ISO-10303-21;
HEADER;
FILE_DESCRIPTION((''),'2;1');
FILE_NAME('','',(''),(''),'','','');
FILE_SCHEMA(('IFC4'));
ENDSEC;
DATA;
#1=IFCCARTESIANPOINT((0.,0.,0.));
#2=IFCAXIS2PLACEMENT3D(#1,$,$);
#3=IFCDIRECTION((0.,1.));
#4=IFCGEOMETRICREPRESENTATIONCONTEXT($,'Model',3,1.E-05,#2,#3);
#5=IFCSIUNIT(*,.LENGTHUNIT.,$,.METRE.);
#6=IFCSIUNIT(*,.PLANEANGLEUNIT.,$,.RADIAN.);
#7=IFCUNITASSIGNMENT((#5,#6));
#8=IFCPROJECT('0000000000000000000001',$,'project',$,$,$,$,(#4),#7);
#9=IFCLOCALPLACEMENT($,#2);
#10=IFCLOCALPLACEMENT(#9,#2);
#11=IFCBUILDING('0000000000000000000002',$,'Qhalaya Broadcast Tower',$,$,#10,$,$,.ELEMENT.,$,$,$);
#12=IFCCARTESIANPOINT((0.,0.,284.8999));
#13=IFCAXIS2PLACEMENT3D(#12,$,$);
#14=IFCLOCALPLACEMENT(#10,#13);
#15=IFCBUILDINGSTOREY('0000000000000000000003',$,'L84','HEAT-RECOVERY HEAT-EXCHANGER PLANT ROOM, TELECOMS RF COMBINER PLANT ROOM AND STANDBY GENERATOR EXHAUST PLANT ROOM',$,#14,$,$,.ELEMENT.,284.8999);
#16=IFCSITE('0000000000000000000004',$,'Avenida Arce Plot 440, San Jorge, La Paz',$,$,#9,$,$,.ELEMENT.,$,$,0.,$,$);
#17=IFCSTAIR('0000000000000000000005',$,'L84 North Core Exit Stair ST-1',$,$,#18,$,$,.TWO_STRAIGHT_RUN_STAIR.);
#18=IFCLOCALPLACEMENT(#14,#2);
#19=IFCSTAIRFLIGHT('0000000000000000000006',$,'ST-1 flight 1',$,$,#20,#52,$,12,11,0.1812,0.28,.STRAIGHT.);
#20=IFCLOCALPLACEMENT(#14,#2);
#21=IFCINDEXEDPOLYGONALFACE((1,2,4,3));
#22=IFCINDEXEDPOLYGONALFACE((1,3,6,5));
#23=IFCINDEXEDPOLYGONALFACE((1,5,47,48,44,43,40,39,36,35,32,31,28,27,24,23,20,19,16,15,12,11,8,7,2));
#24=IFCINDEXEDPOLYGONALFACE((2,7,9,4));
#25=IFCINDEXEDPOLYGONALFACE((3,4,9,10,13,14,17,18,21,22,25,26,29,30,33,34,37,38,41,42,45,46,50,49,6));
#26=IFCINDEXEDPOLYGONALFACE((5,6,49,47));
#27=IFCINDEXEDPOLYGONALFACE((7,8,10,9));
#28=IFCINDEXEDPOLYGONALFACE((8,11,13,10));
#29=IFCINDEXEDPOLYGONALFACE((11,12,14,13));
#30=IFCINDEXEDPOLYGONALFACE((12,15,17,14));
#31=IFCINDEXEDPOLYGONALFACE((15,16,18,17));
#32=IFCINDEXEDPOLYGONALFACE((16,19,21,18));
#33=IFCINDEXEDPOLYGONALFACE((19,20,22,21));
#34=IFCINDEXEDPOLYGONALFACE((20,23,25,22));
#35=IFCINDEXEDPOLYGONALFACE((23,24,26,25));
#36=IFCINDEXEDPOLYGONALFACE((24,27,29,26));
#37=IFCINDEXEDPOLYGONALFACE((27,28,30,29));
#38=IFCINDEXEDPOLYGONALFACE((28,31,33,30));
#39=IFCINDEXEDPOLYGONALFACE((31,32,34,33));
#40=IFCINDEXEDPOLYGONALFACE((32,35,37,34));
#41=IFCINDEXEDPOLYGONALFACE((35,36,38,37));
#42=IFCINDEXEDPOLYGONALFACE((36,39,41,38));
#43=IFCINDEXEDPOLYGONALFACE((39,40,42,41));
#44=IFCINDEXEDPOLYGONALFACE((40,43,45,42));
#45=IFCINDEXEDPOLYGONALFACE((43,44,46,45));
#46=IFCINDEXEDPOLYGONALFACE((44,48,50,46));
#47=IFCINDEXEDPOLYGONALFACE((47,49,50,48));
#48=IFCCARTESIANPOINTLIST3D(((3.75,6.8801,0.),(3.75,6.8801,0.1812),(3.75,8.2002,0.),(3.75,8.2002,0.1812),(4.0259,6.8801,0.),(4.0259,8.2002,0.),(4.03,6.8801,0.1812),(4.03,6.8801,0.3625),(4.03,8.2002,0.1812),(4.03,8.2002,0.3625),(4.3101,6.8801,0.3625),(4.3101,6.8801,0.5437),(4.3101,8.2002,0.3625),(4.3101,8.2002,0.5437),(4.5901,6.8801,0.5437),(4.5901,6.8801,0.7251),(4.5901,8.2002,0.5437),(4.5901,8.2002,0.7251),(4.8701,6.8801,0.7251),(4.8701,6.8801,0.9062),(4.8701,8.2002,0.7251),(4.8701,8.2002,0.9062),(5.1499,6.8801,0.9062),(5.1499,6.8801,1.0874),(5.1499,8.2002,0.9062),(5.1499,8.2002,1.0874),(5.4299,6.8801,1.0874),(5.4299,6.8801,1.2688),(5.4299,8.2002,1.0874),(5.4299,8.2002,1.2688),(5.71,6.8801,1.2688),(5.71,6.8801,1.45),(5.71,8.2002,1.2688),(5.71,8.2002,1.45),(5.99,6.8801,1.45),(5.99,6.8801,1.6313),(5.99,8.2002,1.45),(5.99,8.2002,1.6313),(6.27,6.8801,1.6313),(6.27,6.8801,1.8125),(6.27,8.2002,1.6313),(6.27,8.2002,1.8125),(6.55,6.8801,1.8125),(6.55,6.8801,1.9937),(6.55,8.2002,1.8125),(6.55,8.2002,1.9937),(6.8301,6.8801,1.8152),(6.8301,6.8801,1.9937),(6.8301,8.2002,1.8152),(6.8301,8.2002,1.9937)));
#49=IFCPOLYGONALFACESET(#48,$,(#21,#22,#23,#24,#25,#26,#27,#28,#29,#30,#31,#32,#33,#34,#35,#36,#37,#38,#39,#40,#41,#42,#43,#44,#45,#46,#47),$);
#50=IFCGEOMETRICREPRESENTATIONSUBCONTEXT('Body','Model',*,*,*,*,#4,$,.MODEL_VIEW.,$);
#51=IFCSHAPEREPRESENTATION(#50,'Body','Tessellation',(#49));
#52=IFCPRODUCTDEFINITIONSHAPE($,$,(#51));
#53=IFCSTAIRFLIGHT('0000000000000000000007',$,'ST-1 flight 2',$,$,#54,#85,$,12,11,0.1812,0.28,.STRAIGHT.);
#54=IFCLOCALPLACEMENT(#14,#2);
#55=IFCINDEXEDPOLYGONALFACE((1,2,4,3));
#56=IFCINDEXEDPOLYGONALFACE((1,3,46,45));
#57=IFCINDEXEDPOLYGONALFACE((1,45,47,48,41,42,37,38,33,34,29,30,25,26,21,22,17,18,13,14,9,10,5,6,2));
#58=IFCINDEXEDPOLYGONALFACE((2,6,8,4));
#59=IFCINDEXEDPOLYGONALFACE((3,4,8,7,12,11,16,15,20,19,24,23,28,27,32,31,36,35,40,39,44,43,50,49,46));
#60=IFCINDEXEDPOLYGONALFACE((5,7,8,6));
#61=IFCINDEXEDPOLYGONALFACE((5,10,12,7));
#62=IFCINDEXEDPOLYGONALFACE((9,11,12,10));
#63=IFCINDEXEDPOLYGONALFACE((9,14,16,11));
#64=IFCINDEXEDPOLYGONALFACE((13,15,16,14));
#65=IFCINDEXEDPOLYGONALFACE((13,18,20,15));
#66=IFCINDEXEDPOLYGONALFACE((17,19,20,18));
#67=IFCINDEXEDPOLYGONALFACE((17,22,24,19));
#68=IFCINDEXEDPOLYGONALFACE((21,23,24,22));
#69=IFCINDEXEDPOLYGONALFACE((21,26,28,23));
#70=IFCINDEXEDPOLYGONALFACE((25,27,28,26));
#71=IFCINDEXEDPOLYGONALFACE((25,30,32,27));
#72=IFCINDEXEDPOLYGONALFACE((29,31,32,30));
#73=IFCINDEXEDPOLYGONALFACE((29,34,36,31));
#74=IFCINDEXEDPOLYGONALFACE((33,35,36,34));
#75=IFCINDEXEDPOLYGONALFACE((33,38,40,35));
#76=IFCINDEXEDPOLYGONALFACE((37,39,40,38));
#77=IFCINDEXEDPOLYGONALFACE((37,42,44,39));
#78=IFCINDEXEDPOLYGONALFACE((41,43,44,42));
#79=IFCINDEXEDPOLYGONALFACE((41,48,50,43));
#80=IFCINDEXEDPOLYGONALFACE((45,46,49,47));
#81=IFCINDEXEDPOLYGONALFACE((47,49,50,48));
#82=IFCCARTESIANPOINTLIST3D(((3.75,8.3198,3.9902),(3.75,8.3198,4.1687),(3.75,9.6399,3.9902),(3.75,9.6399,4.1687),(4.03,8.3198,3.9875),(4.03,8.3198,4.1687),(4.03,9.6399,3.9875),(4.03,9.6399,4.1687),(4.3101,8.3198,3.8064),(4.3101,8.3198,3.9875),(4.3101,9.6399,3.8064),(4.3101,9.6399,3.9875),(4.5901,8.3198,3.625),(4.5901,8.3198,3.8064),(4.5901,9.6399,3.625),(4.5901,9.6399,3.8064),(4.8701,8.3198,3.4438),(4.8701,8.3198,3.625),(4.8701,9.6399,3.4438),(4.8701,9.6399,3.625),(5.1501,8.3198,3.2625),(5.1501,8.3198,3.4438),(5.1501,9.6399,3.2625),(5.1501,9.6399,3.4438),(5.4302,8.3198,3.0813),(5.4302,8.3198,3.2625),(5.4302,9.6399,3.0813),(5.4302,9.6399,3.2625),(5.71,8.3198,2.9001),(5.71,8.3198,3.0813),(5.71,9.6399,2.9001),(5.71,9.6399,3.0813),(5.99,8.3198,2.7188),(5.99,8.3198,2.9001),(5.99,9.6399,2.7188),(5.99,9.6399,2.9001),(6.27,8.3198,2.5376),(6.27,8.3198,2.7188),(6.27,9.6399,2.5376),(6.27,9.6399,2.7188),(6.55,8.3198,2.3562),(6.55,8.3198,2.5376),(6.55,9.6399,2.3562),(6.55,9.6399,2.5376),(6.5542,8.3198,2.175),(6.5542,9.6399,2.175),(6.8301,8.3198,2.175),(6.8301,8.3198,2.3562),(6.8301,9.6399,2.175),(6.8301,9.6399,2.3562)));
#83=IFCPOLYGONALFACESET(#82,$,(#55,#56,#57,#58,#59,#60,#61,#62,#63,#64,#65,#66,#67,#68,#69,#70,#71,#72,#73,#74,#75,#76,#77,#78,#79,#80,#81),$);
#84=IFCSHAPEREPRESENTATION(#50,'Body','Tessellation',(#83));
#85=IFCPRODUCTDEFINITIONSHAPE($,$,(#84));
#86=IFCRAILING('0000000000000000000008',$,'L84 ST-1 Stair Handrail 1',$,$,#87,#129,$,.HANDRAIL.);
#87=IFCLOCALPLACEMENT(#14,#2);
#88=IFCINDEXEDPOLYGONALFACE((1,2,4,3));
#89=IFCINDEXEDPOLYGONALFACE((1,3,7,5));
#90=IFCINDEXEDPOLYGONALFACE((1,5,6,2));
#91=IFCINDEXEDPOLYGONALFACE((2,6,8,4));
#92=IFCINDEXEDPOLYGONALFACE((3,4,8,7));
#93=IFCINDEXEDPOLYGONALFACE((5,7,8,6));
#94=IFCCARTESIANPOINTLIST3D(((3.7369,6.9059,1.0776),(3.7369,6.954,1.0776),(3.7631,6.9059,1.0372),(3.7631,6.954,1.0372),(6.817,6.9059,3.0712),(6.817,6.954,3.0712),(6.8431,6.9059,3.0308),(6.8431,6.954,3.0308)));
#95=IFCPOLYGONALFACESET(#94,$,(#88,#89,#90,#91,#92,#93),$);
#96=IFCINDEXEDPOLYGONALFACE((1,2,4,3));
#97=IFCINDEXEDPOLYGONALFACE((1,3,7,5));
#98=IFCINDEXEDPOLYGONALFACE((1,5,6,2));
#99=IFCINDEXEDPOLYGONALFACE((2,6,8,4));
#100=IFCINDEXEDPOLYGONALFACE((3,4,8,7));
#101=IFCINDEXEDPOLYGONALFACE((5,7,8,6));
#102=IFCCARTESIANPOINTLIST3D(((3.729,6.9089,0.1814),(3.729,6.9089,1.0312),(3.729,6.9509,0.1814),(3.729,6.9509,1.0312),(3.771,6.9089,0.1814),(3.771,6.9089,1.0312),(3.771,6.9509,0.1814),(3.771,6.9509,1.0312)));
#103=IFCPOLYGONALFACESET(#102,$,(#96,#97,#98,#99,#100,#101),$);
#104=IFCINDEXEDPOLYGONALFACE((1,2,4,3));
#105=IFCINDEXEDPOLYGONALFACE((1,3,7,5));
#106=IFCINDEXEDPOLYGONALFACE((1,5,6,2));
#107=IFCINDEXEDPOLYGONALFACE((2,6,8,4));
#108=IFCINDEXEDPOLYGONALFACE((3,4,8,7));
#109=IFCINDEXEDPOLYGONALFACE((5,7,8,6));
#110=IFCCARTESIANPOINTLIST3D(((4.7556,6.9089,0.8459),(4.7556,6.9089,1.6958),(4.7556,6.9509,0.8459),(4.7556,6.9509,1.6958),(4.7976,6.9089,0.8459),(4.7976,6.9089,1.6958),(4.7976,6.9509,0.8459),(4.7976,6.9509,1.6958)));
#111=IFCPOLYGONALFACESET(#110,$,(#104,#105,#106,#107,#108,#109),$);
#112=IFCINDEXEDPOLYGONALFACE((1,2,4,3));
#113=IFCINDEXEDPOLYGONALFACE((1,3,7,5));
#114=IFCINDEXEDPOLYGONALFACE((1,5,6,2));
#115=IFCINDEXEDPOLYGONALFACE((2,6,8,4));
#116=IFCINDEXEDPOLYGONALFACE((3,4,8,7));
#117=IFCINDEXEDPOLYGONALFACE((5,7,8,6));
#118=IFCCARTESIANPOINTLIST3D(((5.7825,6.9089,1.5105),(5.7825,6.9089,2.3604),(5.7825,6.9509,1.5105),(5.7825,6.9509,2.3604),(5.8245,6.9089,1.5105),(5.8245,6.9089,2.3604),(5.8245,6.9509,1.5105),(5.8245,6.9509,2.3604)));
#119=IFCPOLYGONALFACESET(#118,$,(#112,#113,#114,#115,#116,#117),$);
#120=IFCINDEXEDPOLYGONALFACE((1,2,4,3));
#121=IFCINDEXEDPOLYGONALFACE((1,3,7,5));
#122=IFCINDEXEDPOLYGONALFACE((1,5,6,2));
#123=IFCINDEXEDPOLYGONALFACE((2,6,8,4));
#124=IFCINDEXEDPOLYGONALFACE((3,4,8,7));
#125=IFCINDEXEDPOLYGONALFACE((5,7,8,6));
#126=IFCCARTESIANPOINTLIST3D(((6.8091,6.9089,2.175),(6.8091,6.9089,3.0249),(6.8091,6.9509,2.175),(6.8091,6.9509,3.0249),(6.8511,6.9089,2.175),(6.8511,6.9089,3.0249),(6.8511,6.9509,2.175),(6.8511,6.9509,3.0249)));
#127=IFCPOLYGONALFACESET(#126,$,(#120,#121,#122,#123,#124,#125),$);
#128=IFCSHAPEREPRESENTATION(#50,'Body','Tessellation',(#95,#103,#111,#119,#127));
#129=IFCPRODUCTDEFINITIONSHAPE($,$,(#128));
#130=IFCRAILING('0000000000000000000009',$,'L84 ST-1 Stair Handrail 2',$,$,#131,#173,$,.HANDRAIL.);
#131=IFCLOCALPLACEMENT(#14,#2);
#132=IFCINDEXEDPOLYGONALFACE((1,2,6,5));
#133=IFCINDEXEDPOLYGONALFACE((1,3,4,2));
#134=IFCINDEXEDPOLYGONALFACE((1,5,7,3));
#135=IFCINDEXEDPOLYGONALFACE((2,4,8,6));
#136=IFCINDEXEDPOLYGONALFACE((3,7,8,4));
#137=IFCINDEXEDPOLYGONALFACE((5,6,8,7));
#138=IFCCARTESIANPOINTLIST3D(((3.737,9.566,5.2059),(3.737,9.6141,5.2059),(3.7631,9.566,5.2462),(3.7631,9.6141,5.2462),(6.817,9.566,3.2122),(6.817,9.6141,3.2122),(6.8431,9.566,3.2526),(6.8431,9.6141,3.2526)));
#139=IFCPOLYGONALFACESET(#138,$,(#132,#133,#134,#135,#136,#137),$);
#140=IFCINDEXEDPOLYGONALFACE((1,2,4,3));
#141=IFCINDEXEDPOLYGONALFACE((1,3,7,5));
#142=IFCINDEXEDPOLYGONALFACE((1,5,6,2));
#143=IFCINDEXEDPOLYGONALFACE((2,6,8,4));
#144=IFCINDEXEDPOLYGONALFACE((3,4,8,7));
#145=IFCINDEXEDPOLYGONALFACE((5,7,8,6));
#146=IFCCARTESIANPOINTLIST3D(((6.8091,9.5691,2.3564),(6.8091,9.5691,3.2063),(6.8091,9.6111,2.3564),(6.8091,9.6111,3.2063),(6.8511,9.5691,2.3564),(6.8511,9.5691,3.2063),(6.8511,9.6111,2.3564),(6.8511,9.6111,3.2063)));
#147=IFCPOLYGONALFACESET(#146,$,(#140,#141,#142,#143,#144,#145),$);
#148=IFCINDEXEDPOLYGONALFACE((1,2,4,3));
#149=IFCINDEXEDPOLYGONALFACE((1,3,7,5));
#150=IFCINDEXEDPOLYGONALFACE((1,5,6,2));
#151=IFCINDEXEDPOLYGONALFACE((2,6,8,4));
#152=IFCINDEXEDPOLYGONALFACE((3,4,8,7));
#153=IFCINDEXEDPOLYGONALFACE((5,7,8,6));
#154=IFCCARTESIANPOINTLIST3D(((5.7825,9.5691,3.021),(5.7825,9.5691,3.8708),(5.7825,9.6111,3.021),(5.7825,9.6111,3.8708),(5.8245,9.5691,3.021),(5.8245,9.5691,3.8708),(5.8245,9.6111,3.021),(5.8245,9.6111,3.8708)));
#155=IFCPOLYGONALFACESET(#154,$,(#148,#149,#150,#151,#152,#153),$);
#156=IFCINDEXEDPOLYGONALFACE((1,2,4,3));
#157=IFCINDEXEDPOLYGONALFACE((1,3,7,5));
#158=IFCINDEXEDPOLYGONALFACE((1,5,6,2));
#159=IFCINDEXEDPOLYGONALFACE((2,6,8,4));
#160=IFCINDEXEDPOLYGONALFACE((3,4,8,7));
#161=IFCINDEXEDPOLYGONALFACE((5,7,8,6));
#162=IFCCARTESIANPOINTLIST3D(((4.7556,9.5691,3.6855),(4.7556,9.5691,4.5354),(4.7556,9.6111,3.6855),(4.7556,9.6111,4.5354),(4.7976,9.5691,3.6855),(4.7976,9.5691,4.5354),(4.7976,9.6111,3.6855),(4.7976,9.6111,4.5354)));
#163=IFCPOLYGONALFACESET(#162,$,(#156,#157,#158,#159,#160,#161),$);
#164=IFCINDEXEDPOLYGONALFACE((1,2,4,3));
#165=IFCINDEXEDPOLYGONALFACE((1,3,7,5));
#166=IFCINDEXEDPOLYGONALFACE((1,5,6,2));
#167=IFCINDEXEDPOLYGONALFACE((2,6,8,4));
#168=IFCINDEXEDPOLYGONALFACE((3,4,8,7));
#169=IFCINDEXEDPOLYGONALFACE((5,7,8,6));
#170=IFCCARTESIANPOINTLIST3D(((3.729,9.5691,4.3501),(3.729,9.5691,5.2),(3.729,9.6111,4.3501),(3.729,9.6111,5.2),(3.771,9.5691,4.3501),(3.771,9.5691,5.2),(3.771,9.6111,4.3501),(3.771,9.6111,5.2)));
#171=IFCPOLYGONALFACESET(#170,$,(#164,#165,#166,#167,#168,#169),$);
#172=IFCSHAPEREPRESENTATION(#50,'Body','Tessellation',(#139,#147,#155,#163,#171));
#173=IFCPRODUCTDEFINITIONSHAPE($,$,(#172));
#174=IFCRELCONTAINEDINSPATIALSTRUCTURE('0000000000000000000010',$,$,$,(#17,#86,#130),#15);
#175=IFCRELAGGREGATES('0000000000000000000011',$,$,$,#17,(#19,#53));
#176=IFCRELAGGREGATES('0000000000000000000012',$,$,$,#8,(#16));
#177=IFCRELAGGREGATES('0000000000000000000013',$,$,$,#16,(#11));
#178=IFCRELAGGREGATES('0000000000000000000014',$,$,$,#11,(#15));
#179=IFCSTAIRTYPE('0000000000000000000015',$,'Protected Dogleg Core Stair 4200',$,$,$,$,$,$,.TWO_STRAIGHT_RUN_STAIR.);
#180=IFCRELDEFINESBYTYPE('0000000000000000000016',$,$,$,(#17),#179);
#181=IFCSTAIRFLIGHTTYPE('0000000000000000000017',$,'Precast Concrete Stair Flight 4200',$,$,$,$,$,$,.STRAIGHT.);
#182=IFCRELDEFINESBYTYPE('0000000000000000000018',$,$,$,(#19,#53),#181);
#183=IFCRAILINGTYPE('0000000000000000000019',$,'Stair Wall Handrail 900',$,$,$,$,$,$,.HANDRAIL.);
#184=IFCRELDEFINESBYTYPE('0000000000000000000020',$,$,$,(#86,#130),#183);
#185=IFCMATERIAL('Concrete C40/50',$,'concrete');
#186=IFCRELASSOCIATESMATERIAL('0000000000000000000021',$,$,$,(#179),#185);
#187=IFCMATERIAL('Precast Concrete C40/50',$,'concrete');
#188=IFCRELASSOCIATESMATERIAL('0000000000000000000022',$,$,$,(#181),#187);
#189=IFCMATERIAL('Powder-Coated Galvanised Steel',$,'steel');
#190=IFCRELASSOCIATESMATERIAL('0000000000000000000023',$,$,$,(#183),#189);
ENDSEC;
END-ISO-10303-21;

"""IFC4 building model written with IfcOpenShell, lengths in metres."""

from ifc_helpers import new_model, si_unit, direction, frame, origin, origin_2d, place, context, subcontext, project, spatial, polyline, rectangle, outline, extrude, material, type_object, element, aggregate, save


model = new_model("IFC4")

# Units and contexts
model_context = context("Model", 3, precision=1e-05, world=origin(), true_north=direction((0.0, 1.0)))
body_context = subcontext(model_context, "Body", "Model", "MODEL_VIEW")
ifc_project = project(units=[si_unit("LENGTHUNIT", "METRE"), si_unit("PLANEANGLEUNIT", "RADIAN")], contexts=[model_context])

# Site, building, storey
site_placement = place(None, origin())
site = spatial("IfcSite", under=ifc_project, at=site_placement, Name="Avenida Arce Plot 440, San Jorge, La Paz", CompositionType="ELEMENT", RefElevation=0.0)
building_placement = place(site_placement, origin())
building = spatial("IfcBuilding", under=site, at=building_placement, Name="Qhalaya Broadcast Tower", CompositionType="ELEMENT")
storey_placement = place(building_placement, frame((0.0, 0.0, 284.8999)))
storey = spatial("IfcBuildingStorey", under=building, at=storey_placement, Name="L84", Description="HEAT-RECOVERY HEAT-EXCHANGER PLANT ROOM, TELECOMS RF COMBINER PLANT ROOM AND STANDBY GENERATOR EXHAUST PLANT ROOM", CompositionType="ELEMENT", Elevation=284.8999)

# Stair, stair flights
ifc_material_1 = material(Name="Concrete C40/50", Category="concrete")
stair_type = type_object("IfcStairType", Name="Protected Dogleg Core Stair 4200", PredefinedType="TWO_STRAIGHT_RUN_STAIR", material=ifc_material_1)
stair_placement = place(storey_placement, origin())
stair = element("IfcStair", 1, at=stair_placement, inside=storey, type_object=stair_type, Name="L84 North Core Exit Stair ST-1", PredefinedType="TWO_STRAIGHT_RUN_STAIR")
ifc_material_2 = material(Name="Precast Concrete C40/50", Category="concrete")
stair_flight_type = type_object("IfcStairFlightType", Name="Precast Concrete Stair Flight 4200", PredefinedType="STRAIGHT", material=ifc_material_2)
stair_flight_1_placement = place(storey_placement, frame((3.75, 7.54, 0.0), z_axis=(0.0, 0.0, 1.0), x_axis=(1.0, 0.0, 0.0)))
stair_flight_1 = element("IfcStairFlight", 2, at=stair_flight_1_placement, type_object=stair_flight_type, Name="ST-1 flight 1", NumberOfRisers=12, NumberOfTreads=11, PredefinedType="STRAIGHT", RiserHeight=0.1812, TreadLength=0.28, context=body_context, shape_type="SweptSolid", body=[
    extrude(outline(polyline([(0.0, 0.0), (0.0, 0.1812), (0.28, 0.1812), (0.28, 0.3625), (0.5601, 0.3625), (0.5601, 0.5437), (0.8401, 0.5437), (0.8401, 0.7251), (1.1201, 0.7251), (1.1201, 0.9062), (1.3999, 0.9062), (1.3999, 1.0874), (1.6799, 1.0874), (1.6799, 1.2688), (1.96, 1.2688), (1.96, 1.45), (2.24, 1.45), (2.24, 1.6313), (2.52, 1.6313), (2.52, 1.8125), (2.8, 1.8125), (2.8, 1.9937), (3.0801, 1.9937), (3.0801, 2.175), (3.0801, 1.8152), (0.2759, 0.0), (0.0, 0.0)])), frame((0.0, 0.6602, 0.0), z_axis=(0.0, -1.0, 0.0), x_axis=(1.0, 0.0, 0.0)), (0.0, 0.0, 1.0), 1.3201),
])
stair_flight_2_placement = place(storey_placement, frame((6.8301, 8.98, 2.175), z_axis=(0.0, 0.0, 1.0), x_axis=(-1.0, 0.0, 0.0)))
stair_flight_2 = element("IfcStairFlight", 3, at=stair_flight_2_placement, type_object=stair_flight_type, Name="ST-1 flight 2", NumberOfRisers=12, NumberOfTreads=11, PredefinedType="STRAIGHT", RiserHeight=0.1812, TreadLength=0.28, context=body_context, shape_type="SweptSolid", body=[
    extrude(outline(polyline([(0.0, 0.0), (0.0, 0.1812), (0.28, 0.1812), (0.28, 0.3625), (0.5601, 0.3625), (0.5601, 0.5437), (0.8401, 0.5437), (0.8401, 0.7251), (1.1201, 0.7251), (1.1201, 0.9062), (1.3999, 0.9062), (1.3999, 1.0874), (1.6799, 1.0874), (1.6799, 1.2688), (1.96, 1.2688), (1.96, 1.45), (2.24, 1.45), (2.24, 1.6313), (2.52, 1.6313), (2.52, 1.8125), (2.8, 1.8125), (2.8, 1.9937), (3.0801, 1.9937), (3.0801, 2.175), (3.0801, 1.8152), (0.2759, 0.0), (0.0, 0.0)])), frame((0.0, 0.6602, 0.0), z_axis=(0.0, -1.0, 0.0), x_axis=(1.0, 0.0, 0.0)), (0.0, 0.0, 1.0), 1.3201),
])
aggregate(stair, [stair_flight_1, stair_flight_2])

# Railings
ifc_material_3 = material(Name="Powder-Coated Galvanised Steel", Category="steel")
railing_type_1 = type_object("IfcRailingType", Name="Stair Wall Handrail 900", PredefinedType="HANDRAIL", material=ifc_material_3)
railing_1_placement = place(storey_placement, frame((3.75, 6.9299, 0.1814)))
element("IfcRailing", 4, at=railing_1_placement, inside=storey, type_object=railing_type_1, Name="L84 ST-1 Stair Handrail 1", PredefinedType="HANDRAIL", context=body_context, shape_type="SweptSolid", body=[
    extrude(rectangle(XDim=0.0481, YDim=0.0481, at=origin_2d()), frame((0.0, 0.0, 0.876), z_axis=(0.839488, 0.0, 0.543378), x_axis=(0.0, 1.0, 0.0)), (0.0, 0.0, 1.0), 3.6689),
    extrude(rectangle(XDim=0.042, YDim=0.042, at=origin_2d()), origin(), (0.0, 0.0, 1.0), 0.8499),
    extrude(rectangle(XDim=0.042, YDim=0.042, at=origin_2d()), frame((1.0266, 0.0, 0.6646)), (0.0, 0.0, 1.0), 0.8499),
    extrude(rectangle(XDim=0.042, YDim=0.042, at=origin_2d()), frame((2.0535, 0.0, 1.3291)), (0.0, 0.0, 1.0), 0.8499),
    extrude(rectangle(XDim=0.042, YDim=0.042, at=origin_2d()), frame((3.0801, 0.0, 1.9937)), (0.0, 0.0, 1.0), 0.8499),
])
railing_2_placement = place(storey_placement, frame((6.8301, 9.5901, 2.3564)))
element("IfcRailing", 5, at=railing_2_placement, inside=storey, type_object=railing_type_1, Name="L84 ST-1 Stair Handrail 2", PredefinedType="HANDRAIL", context=body_context, shape_type="SweptSolid", body=[
    extrude(rectangle(XDim=0.0481, YDim=0.0481, at=origin_2d()), frame((0.0, 0.0, 0.876), z_axis=(-0.839488, 0.0, 0.543378), x_axis=(0.0, -1.0, 0.0)), (0.0, 0.0, 1.0), 3.6689),
    extrude(rectangle(XDim=0.042, YDim=0.042, at=origin_2d()), origin(), (0.0, 0.0, 1.0), 0.8499),
    extrude(rectangle(XDim=0.042, YDim=0.042, at=origin_2d()), frame((-1.0266, 0.0, 0.6646)), (0.0, 0.0, 1.0), 0.8499),
    extrude(rectangle(XDim=0.042, YDim=0.042, at=origin_2d()), frame((-2.0535, 0.0, 1.3291)), (0.0, 0.0, 1.0), 0.8499),
    extrude(rectangle(XDim=0.042, YDim=0.042, at=origin_2d()), frame((-3.0801, 0.0, 1.9937)), (0.0, 0.0, 1.0), 0.8499),
])

save(model, "model.ifc")
